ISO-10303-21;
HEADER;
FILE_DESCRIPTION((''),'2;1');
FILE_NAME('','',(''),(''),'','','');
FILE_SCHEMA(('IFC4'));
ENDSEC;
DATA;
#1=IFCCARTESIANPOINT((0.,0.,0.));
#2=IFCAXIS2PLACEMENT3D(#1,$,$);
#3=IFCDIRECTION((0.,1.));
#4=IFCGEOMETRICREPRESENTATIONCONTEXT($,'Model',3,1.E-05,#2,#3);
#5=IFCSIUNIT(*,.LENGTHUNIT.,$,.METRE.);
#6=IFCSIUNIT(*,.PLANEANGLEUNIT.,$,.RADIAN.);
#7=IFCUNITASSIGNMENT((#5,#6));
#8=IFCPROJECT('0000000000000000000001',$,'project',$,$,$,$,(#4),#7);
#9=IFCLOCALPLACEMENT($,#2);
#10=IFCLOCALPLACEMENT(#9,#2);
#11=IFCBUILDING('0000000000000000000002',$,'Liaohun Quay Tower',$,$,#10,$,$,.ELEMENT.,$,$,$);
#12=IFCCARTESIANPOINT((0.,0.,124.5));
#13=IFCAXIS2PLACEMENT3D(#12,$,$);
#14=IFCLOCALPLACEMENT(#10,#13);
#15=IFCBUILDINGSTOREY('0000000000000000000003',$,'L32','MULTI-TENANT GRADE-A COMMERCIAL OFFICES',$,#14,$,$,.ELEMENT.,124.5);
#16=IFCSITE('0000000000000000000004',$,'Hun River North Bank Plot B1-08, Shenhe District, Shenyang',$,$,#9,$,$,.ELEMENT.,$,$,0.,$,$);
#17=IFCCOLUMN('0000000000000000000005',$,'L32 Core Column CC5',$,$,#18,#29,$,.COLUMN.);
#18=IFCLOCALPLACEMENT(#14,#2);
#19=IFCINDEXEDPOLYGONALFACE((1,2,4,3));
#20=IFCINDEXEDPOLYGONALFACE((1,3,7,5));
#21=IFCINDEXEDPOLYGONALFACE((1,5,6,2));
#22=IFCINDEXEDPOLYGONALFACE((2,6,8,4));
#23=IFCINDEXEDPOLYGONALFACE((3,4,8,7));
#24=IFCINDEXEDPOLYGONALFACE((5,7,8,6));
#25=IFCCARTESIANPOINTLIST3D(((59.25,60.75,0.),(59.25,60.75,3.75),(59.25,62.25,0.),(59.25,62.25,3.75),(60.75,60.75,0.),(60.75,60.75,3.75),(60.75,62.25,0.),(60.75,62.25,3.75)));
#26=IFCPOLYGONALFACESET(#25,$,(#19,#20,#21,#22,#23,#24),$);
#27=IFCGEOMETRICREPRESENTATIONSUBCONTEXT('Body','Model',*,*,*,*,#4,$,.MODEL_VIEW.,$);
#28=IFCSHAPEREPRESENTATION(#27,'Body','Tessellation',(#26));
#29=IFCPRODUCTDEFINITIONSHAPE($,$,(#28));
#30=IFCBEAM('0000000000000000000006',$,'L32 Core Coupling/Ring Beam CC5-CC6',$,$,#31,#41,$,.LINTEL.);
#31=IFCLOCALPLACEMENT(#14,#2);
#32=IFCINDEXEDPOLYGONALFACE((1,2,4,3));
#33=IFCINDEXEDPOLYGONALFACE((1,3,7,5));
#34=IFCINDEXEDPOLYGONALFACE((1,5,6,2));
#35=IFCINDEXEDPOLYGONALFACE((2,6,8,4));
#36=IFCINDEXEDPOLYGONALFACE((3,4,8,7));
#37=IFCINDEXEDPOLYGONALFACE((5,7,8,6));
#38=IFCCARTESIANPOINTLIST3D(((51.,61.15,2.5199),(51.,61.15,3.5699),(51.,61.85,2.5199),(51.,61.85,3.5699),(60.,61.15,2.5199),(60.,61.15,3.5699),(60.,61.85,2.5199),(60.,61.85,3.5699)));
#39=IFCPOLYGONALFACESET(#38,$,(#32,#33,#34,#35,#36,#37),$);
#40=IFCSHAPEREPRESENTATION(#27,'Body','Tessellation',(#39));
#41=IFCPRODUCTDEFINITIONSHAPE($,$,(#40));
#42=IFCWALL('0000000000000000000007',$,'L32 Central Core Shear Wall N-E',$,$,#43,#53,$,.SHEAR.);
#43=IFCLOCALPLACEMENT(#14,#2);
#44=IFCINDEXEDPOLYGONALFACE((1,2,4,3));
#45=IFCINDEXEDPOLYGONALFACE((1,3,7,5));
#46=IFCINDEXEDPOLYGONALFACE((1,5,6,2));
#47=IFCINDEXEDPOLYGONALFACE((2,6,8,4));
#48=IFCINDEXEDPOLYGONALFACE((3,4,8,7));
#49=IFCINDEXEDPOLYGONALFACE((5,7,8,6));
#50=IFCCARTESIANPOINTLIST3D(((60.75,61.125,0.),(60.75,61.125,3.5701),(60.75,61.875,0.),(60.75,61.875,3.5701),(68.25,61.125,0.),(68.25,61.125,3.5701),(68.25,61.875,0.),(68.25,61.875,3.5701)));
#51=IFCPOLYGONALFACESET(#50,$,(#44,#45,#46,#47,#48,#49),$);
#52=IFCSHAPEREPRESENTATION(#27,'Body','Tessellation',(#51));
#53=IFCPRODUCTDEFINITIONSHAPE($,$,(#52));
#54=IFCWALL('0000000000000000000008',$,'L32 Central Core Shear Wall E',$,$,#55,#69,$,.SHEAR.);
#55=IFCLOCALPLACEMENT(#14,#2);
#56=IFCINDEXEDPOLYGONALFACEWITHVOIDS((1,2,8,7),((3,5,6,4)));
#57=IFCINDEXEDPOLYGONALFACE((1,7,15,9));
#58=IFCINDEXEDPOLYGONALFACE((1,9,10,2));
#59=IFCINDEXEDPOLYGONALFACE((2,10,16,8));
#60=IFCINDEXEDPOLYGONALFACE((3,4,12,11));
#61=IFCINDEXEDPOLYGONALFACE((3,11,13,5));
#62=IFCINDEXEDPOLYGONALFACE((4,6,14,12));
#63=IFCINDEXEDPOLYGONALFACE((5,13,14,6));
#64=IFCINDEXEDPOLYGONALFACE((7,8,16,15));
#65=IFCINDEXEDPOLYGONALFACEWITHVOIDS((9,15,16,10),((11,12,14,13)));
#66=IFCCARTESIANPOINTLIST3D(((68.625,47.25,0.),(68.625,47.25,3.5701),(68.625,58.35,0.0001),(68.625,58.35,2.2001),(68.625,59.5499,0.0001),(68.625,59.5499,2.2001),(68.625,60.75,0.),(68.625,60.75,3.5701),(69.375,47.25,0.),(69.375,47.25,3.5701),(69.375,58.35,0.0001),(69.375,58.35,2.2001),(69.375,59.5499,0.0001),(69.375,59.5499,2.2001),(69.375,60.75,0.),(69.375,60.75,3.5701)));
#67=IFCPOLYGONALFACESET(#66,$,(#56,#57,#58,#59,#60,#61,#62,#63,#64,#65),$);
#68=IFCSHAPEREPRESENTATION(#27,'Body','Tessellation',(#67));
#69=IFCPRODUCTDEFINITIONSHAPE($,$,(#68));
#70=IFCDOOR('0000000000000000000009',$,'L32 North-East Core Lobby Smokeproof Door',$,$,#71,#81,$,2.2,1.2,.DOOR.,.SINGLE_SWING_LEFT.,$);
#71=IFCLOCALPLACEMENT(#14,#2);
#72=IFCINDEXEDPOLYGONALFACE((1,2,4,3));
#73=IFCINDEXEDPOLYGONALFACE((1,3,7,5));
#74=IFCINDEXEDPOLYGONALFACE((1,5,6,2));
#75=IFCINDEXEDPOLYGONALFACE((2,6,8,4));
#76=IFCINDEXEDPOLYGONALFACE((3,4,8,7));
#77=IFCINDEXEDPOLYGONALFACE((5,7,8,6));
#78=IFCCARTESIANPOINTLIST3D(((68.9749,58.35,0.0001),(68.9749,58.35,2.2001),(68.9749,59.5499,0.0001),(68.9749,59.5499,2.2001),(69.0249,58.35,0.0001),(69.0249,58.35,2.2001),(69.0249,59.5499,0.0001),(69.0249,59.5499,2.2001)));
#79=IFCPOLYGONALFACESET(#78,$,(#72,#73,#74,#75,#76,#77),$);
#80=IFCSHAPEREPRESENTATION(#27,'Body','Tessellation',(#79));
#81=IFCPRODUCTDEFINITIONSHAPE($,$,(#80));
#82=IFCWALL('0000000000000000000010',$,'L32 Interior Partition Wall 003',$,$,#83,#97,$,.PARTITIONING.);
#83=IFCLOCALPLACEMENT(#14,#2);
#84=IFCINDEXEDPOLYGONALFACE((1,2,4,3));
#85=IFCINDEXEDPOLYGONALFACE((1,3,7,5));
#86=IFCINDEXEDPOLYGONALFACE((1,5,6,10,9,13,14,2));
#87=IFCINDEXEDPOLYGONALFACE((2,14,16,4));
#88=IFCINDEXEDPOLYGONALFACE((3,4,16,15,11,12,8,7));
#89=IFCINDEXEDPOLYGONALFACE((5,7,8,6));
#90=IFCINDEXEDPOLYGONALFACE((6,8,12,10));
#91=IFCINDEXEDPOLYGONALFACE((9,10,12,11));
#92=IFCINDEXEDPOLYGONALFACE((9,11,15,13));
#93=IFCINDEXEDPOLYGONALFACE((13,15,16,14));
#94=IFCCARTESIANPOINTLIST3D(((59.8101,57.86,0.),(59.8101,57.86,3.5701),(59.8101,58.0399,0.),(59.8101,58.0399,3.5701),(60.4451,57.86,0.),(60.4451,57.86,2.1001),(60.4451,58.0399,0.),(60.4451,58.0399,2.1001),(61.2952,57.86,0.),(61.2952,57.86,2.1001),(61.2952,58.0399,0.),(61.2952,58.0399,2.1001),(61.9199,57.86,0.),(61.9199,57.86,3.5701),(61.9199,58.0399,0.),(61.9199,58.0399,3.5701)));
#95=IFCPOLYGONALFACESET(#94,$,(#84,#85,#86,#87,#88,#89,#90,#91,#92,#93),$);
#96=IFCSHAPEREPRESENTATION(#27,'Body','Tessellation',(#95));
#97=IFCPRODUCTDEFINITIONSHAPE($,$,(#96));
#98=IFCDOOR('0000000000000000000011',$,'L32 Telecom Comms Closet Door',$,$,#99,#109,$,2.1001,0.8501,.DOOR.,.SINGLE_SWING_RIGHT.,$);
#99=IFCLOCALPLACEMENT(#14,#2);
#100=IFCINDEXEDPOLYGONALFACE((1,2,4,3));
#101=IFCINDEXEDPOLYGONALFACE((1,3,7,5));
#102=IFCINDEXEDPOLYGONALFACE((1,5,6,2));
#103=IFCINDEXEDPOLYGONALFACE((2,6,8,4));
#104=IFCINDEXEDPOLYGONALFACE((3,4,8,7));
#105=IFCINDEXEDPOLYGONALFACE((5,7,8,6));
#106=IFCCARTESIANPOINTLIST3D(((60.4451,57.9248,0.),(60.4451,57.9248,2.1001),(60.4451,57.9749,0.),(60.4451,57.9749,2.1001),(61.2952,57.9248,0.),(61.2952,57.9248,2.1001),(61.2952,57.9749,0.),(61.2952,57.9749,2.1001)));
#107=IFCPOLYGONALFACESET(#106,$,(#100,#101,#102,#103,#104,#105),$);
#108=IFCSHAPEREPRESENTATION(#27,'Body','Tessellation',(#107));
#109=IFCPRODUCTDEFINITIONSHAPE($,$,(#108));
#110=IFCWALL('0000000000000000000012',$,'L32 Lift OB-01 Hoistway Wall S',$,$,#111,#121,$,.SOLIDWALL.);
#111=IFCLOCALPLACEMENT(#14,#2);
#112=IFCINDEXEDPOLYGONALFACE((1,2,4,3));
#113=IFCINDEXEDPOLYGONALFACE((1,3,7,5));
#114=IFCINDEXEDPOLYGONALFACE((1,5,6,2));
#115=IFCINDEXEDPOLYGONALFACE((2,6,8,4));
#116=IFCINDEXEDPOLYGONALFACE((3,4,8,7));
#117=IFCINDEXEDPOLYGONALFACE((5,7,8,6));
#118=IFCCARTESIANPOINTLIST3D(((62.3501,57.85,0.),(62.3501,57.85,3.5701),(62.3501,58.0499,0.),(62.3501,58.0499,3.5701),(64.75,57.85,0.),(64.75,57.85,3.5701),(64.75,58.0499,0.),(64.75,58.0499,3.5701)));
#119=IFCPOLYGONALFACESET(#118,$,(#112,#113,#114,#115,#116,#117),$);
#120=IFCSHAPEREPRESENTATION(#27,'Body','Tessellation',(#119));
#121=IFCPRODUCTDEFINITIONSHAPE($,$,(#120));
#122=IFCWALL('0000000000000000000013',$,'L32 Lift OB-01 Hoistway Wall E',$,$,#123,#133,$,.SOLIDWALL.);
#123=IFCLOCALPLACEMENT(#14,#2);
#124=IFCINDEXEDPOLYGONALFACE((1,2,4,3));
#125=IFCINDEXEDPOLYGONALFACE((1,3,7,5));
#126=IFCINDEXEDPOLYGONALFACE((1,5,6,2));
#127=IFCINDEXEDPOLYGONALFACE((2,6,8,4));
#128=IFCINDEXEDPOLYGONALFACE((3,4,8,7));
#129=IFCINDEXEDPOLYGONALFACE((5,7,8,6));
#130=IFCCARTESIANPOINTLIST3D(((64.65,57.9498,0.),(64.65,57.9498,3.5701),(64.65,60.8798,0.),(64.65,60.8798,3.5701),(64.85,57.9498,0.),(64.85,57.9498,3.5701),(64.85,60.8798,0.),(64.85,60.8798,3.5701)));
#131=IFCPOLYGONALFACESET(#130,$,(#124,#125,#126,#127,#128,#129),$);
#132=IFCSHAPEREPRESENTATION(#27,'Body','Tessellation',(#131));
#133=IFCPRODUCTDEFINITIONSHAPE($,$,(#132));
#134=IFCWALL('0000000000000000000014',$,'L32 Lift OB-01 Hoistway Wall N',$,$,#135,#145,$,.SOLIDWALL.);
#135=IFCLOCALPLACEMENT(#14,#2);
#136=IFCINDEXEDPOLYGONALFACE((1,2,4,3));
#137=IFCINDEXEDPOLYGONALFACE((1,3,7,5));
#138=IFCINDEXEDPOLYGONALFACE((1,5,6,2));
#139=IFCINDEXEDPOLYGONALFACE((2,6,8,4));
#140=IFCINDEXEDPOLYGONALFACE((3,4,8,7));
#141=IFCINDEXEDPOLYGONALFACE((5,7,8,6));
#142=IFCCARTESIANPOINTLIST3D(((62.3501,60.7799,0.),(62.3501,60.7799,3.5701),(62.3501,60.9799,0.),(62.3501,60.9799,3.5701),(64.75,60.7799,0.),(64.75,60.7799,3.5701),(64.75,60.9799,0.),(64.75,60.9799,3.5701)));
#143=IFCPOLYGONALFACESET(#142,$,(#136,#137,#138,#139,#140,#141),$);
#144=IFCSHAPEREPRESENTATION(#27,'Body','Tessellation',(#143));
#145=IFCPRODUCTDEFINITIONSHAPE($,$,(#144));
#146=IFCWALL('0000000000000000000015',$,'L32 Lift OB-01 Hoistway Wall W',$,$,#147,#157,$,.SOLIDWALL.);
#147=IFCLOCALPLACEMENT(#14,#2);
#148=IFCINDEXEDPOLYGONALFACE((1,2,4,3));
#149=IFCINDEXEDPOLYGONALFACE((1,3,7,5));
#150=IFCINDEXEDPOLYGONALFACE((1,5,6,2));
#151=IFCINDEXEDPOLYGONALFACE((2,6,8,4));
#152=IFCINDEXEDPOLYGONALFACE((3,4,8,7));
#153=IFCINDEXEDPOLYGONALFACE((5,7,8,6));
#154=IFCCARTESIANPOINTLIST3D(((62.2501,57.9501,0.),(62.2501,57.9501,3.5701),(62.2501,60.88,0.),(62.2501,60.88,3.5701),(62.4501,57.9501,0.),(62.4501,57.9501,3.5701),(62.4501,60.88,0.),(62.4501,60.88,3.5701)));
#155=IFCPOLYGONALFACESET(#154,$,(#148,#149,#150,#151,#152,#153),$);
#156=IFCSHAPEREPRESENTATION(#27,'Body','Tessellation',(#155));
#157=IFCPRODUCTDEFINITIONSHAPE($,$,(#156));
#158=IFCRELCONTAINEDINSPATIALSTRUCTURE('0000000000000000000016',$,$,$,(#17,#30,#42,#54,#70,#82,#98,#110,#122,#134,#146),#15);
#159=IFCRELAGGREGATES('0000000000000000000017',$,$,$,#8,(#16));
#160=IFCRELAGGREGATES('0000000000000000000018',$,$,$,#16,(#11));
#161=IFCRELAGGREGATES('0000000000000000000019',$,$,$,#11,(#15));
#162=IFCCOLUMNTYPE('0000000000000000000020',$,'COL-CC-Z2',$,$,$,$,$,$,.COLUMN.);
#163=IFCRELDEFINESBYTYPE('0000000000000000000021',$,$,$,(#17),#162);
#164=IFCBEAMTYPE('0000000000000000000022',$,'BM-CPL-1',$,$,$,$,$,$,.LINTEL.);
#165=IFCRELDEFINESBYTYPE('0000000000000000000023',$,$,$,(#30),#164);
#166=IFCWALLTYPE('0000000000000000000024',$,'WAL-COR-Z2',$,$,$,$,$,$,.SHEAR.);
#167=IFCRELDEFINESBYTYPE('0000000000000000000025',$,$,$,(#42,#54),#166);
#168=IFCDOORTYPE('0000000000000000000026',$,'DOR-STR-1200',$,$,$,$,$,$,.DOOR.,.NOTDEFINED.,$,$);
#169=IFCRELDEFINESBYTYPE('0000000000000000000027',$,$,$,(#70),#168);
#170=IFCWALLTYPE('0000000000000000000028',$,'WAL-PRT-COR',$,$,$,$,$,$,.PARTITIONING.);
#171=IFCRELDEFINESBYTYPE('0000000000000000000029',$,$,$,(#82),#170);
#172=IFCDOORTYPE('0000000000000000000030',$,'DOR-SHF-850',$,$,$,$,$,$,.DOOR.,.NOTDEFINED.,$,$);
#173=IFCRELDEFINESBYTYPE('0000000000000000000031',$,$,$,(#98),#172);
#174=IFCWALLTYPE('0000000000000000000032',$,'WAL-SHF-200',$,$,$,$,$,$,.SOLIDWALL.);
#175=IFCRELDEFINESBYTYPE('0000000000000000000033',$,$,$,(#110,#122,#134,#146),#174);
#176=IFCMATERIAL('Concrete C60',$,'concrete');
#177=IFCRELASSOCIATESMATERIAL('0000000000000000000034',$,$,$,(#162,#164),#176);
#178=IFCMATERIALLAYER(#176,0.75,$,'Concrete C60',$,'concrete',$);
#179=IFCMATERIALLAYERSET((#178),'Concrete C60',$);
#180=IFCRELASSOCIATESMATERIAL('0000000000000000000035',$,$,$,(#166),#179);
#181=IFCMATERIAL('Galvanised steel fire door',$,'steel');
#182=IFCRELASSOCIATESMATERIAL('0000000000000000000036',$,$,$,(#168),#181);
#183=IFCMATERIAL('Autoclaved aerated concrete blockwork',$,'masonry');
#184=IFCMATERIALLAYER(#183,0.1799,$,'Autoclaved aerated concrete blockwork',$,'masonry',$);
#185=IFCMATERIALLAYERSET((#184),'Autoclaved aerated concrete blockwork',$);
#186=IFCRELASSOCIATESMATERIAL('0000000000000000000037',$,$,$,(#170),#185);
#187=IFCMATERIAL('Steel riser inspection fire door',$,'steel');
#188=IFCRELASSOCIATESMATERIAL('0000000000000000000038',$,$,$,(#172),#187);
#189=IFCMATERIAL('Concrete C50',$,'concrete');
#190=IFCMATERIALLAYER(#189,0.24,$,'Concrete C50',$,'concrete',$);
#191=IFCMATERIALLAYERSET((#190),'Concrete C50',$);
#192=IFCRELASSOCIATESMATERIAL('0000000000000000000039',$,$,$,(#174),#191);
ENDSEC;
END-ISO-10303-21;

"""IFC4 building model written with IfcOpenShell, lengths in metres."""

from ifc_helpers import new_model, si_unit, direction, frame, frame_2d, origin, origin_2d, place, context, subcontext, project, spatial, rectangle, extrude, source, transform, mapped, material, layer, layer_set, material_profile, profile_set, type_object, element, fill, save


model = new_model("IFC4")

# Units and contexts
model_context = context("Model", 3, precision=1e-05, world=origin(), true_north=direction((0.0, 1.0)))
body_context = subcontext(model_context, "Body", "Model", "MODEL_VIEW")
ifc_project = project(units=[si_unit("LENGTHUNIT", "METRE"), si_unit("PLANEANGLEUNIT", "RADIAN")], contexts=[model_context])

# Site, building, storey
site_placement = place(None, origin())
site = spatial("IfcSite", under=ifc_project, at=site_placement, Name="Hun River North Bank Plot B1-08, Shenhe District, Shenyang", CompositionType="ELEMENT", RefElevation=0.0)
building_placement = place(site_placement, origin())
building = spatial("IfcBuilding", under=site, at=building_placement, Name="Liaohun Quay Tower", CompositionType="ELEMENT")
storey_placement = place(building_placement, frame((0.0, 0.0, 124.5)))
storey = spatial("IfcBuildingStorey", under=building, at=storey_placement, Name="L32", Description="MULTI-TENANT GRADE-A COMMERCIAL OFFICES", CompositionType="ELEMENT", Elevation=124.5)

# Column
ifc_material_1 = material(Name="Concrete C60", Category="concrete")
ifc_material_profile_1 = material_profile(ifc_material_1, rectangle(XDim=1.5, YDim=1.5, at=origin_2d()), Name="RC1500x1500")
ifc_profile_set_1 = profile_set([ifc_material_profile_1], Name="Concrete C60")
column_type = type_object("IfcColumnType", Name="COL-CC-Z2", PredefinedType="COLUMN", material=ifc_profile_set_1)
shared_shape_1 = source(origin(), body_context, "Body", "SweptSolid", [
    extrude(rectangle(XDim=1.5, YDim=1.5, at=origin_2d()), origin(), (0.0, 0.0, 1.0), 3.75),
])
column_placement = place(storey_placement, frame((60.0, 61.5, 0.0), z_axis=(0.0, 0.0, 1.0), x_axis=(1.0, 0.0, 0.0)))
element("IfcColumn", 1, at=column_placement, inside=storey, type_object=column_type, Name="L32 Core Column CC5", PredefinedType="COLUMN", context=body_context, shape_type="MappedRepresentation", body=[
    mapped(shared_shape_1, transform((0.0, 0.0, 0.0), x_axis=(1.0, 0.0, 0.0), y_axis=(0.0, 1.0, 0.0), z_axis=(0.0, 0.0, 1.0), scale=1.0)),
])

# Beam
ifc_material_profile_2 = material_profile(ifc_material_1, rectangle(XDim=0.7, YDim=1.05, at=origin_2d()), Name="RC700x1050")
ifc_profile_set_2 = profile_set([ifc_material_profile_2], Name="Concrete C60")
beam_type = type_object("IfcBeamType", Name="BM-CPL-1", PredefinedType="LINTEL", material=ifc_profile_set_2)
shared_shape_2 = source(origin(), body_context, "Body", "SweptSolid", [
    extrude(rectangle(XDim=0.7, YDim=1.05, at=origin_2d()), origin(), (0.0, 0.0, 1.0), 9.0),
])
beam_placement = place(storey_placement, frame((60.0, 61.5, 3.0449), z_axis=(-1.0, 0.0, 0.0), x_axis=(0.0, -1.0, 0.0)))
element("IfcBeam", 2, at=beam_placement, inside=storey, type_object=beam_type, Name="L32 Core Coupling/Ring Beam CC5-CC6", PredefinedType="LINTEL", context=body_context, shape_type="MappedRepresentation", body=[
    mapped(shared_shape_2, transform((0.0, 0.0, 0.0), x_axis=(1.0, 0.0, 0.0), y_axis=(0.0, 1.0, 0.0), z_axis=(0.0, 0.0, 1.0), scale=1.0)),
])

# Wall
ifc_layer_1 = layer(ifc_material_1, 0.75, Name="Concrete C60", Category="concrete")
ifc_layer_set_1 = layer_set([ifc_layer_1], Name="Concrete C60")
wall_type_1 = type_object("IfcWallType", Name="WAL-COR-Z2", PredefinedType="SHEAR", material=ifc_layer_set_1)
wall_1_placement = place(storey_placement, frame((60.75, 61.5, 0.0), z_axis=(0.0, 0.0, 1.0), x_axis=(1.0, 0.0, 0.0)))
element("IfcWall", 3, at=wall_1_placement, inside=storey, type_object=wall_type_1, Name="L32 Central Core Shear Wall N-E", PredefinedType="SHEAR", context=body_context, shape_type="SweptSolid", body=[
    extrude(rectangle(XDim=7.5, YDim=0.75, at=frame_2d((3.75, 0.0))), origin(), (0.0, 0.0, 1.0), 3.5701),
])

# Walls, openings, doors
wall_2_placement = place(storey_placement, frame((69.0, 60.75, 0.0), z_axis=(0.0, 0.0, 1.0), x_axis=(0.0, -1.0, 0.0)))
wall_2 = element("IfcWall", 4, at=wall_2_placement, inside=storey, type_object=wall_type_1, Name="L32 Central Core Shear Wall E", PredefinedType="SHEAR", context=body_context, shape_type="SweptSolid", body=[
    extrude(rectangle(XDim=13.5, YDim=0.75, at=frame_2d((6.75, 0.0))), origin(), (0.0, 0.0, 1.0), 3.5701),
])
shared_shape_3 = source(origin(), body_context, "Body", "SweptSolid", [
    extrude(rectangle(XDim=1.2, YDim=2.2, at=frame_2d((0.6001, 1.1001))), frame((0.0, 0.385, 0.0), z_axis=(0.0, -1.0, 0.0), x_axis=(1.0, 0.0, 0.0)), (0.0, 0.0, 1.0), 0.77),
])
opening_1_placement = place(wall_2_placement, frame((1.2, 0.0, 0.0)))
opening_1 = element("IfcOpeningElement", 5, at=opening_1_placement, cuts=wall_2, PredefinedType="OPENING", context=body_context, shape_type="MappedRepresentation", body=[
    mapped(shared_shape_3, transform((0.0, 0.0, 0.0), x_axis=(1.0, 0.0, 0.0), y_axis=(0.0, 1.0, 0.0), z_axis=(0.0, 0.0, 1.0), scale=1.0)),
])
ifc_material_2 = material(Name="Galvanised steel fire door", Category="steel")
door_type_1 = type_object("IfcDoorType", Name="DOR-STR-1200", OperationType="NOTDEFINED", PredefinedType="DOOR", material=ifc_material_2)
shared_shape_4 = source(origin(), body_context, "Body", "SweptSolid", [
    extrude(rectangle(XDim=1.2, YDim=2.2, at=frame_2d((0.6001, 1.1001))), frame((0.0, 0.0249, 0.0), z_axis=(0.0, -1.0, 0.0), x_axis=(1.0, 0.0, 0.0)), (0.0, 0.0, 1.0), 0.05),
])
door_1_placement = place(opening_1_placement, origin())
door_1 = element("IfcDoor", 6, at=door_1_placement, inside=storey, type_object=door_type_1, Name="L32 North-East Core Lobby Smokeproof Door", OperationType="SINGLE_SWING_LEFT", OverallHeight=2.2, OverallWidth=1.2, PredefinedType="DOOR", context=body_context, shape_type="MappedRepresentation", body=[
    mapped(shared_shape_4, transform((0.0, 0.0, 0.0), x_axis=(1.0, 0.0, 0.0), y_axis=(0.0, 1.0, 0.0), z_axis=(0.0, 0.0, 1.0), scale=1.0)),
])
fill(opening_1, door_1)
ifc_material_3 = material(Name="Autoclaved aerated concrete blockwork", Category="masonry")
ifc_layer_2 = layer(ifc_material_3, 0.1799, Name="Autoclaved aerated concrete blockwork", Category="masonry")
ifc_layer_set_2 = layer_set([ifc_layer_2], Name="Autoclaved aerated concrete blockwork")
wall_type_2 = type_object("IfcWallType", Name="WAL-PRT-COR", PredefinedType="PARTITIONING", material=ifc_layer_set_2)
wall_3_placement = place(storey_placement, frame((59.8101, 57.95, 0.0), z_axis=(0.0, 0.0, 1.0), x_axis=(1.0, 0.0, 0.0)))
wall_3 = element("IfcWall", 7, at=wall_3_placement, inside=storey, type_object=wall_type_2, Name="L32 Interior Partition Wall 003", PredefinedType="PARTITIONING", context=body_context, shape_type="SweptSolid", body=[
    extrude(rectangle(XDim=2.1099, YDim=0.1799, at=frame_2d((1.0549, 0.0))), origin(), (0.0, 0.0, 1.0), 3.5701),
])
shared_shape_5 = source(origin(), body_context, "Body", "SweptSolid", [
    extrude(rectangle(XDim=0.8501, YDim=2.1001, at=frame_2d((0.425, 1.05))), frame((0.0, 0.0999, 0.0), z_axis=(0.0, -1.0, 0.0), x_axis=(1.0, 0.0, 0.0)), (0.0, 0.0, 1.0), 0.2),
])
opening_2_placement = place(wall_3_placement, frame((0.635, 0.0, 0.0)))
opening_2 = element("IfcOpeningElement", 8, at=opening_2_placement, cuts=wall_3, PredefinedType="OPENING", context=body_context, shape_type="MappedRepresentation", body=[
    mapped(shared_shape_5, transform((0.0, 0.0, 0.0), x_axis=(1.0, 0.0, 0.0), y_axis=(0.0, 1.0, 0.0), z_axis=(0.0, 0.0, 1.0), scale=1.0)),
])
ifc_material_4 = material(Name="Steel riser inspection fire door", Category="steel")
door_type_2 = type_object("IfcDoorType", Name="DOR-SHF-850", OperationType="NOTDEFINED", PredefinedType="DOOR", material=ifc_material_4)
shared_shape_6 = source(origin(), body_context, "Body", "SweptSolid", [
    extrude(rectangle(XDim=0.8501, YDim=2.1001, at=frame_2d((0.425, 1.05))), frame((0.0, 0.0249, 0.0), z_axis=(0.0, -1.0, 0.0), x_axis=(1.0, 0.0, 0.0)), (0.0, 0.0, 1.0), 0.05),
])
door_2_placement = place(opening_2_placement, origin())
door_2 = element("IfcDoor", 9, at=door_2_placement, inside=storey, type_object=door_type_2, Name="L32 Telecom Comms Closet Door", OperationType="SINGLE_SWING_RIGHT", OverallHeight=2.1001, OverallWidth=0.8501, PredefinedType="DOOR", context=body_context, shape_type="MappedRepresentation", body=[
    mapped(shared_shape_6, transform((0.0, 0.0, 0.0), x_axis=(1.0, 0.0, 0.0), y_axis=(0.0, 1.0, 0.0), z_axis=(0.0, 0.0, 1.0), scale=1.0)),
])
fill(opening_2, door_2)

# Walls
ifc_material_5 = material(Name="Concrete C50", Category="concrete")
ifc_layer_3 = layer(ifc_material_5, 0.24, Name="Concrete C50", Category="concrete")
ifc_layer_set_3 = layer_set([ifc_layer_3], Name="Concrete C50")
wall_type_3 = type_object("IfcWallType", Name="WAL-SHF-200", PredefinedType="SOLIDWALL", material=ifc_layer_set_3)
wall_4_placement = place(storey_placement, frame((62.3501, 57.95, 0.0), z_axis=(0.0, 0.0, 1.0), x_axis=(1.0, 0.0, 0.0)))
element("IfcWall", 10, at=wall_4_placement, inside=storey, type_object=wall_type_3, Name="L32 Lift OB-01 Hoistway Wall S", PredefinedType="SOLIDWALL", context=body_context, shape_type="SweptSolid", body=[
    extrude(rectangle(XDim=2.3999, YDim=0.2, at=frame_2d((1.2, 0.0))), origin(), (0.0, 0.0, 1.0), 3.5701),
])
wall_5_placement = place(storey_placement, frame((64.75, 57.95, 0.0), z_axis=(0.0, 0.0, 1.0), x_axis=(0.0, 1.0, 0.0)))
element("IfcWall", 11, at=wall_5_placement, inside=storey, type_object=wall_type_3, Name="L32 Lift OB-01 Hoistway Wall E", PredefinedType="SOLIDWALL", context=body_context, shape_type="SweptSolid", body=[
    extrude(rectangle(XDim=2.9299, YDim=0.2, at=frame_2d((1.4648, 0.0))), origin(), (0.0, 0.0, 1.0), 3.5701),
])
wall_6_placement = place(storey_placement, frame((64.75, 60.8799, 0.0), z_axis=(0.0, 0.0, 1.0), x_axis=(-1.0, 0.0, 0.0)))
element("IfcWall", 12, at=wall_6_placement, inside=storey, type_object=wall_type_3, Name="L32 Lift OB-01 Hoistway Wall N", PredefinedType="SOLIDWALL", context=body_context, shape_type="SweptSolid", body=[
    extrude(rectangle(XDim=2.3999, YDim=0.2, at=frame_2d((1.2, 0.0))), origin(), (0.0, 0.0, 1.0), 3.5701),
])
wall_7_placement = place(storey_placement, frame((62.3501, 60.8799, 0.0), z_axis=(0.0, 0.0, 1.0), x_axis=(0.0, -1.0, 0.0)))
element("IfcWall", 13, at=wall_7_placement, inside=storey, type_object=wall_type_3, Name="L32 Lift OB-01 Hoistway Wall W", PredefinedType="SOLIDWALL", context=body_context, shape_type="SweptSolid", body=[
    extrude(rectangle(XDim=2.9299, YDim=0.2, at=frame_2d((1.4648, 0.0))), origin(), (0.0, 0.0, 1.0), 3.5701),
])

save(model, "model.ifc")
